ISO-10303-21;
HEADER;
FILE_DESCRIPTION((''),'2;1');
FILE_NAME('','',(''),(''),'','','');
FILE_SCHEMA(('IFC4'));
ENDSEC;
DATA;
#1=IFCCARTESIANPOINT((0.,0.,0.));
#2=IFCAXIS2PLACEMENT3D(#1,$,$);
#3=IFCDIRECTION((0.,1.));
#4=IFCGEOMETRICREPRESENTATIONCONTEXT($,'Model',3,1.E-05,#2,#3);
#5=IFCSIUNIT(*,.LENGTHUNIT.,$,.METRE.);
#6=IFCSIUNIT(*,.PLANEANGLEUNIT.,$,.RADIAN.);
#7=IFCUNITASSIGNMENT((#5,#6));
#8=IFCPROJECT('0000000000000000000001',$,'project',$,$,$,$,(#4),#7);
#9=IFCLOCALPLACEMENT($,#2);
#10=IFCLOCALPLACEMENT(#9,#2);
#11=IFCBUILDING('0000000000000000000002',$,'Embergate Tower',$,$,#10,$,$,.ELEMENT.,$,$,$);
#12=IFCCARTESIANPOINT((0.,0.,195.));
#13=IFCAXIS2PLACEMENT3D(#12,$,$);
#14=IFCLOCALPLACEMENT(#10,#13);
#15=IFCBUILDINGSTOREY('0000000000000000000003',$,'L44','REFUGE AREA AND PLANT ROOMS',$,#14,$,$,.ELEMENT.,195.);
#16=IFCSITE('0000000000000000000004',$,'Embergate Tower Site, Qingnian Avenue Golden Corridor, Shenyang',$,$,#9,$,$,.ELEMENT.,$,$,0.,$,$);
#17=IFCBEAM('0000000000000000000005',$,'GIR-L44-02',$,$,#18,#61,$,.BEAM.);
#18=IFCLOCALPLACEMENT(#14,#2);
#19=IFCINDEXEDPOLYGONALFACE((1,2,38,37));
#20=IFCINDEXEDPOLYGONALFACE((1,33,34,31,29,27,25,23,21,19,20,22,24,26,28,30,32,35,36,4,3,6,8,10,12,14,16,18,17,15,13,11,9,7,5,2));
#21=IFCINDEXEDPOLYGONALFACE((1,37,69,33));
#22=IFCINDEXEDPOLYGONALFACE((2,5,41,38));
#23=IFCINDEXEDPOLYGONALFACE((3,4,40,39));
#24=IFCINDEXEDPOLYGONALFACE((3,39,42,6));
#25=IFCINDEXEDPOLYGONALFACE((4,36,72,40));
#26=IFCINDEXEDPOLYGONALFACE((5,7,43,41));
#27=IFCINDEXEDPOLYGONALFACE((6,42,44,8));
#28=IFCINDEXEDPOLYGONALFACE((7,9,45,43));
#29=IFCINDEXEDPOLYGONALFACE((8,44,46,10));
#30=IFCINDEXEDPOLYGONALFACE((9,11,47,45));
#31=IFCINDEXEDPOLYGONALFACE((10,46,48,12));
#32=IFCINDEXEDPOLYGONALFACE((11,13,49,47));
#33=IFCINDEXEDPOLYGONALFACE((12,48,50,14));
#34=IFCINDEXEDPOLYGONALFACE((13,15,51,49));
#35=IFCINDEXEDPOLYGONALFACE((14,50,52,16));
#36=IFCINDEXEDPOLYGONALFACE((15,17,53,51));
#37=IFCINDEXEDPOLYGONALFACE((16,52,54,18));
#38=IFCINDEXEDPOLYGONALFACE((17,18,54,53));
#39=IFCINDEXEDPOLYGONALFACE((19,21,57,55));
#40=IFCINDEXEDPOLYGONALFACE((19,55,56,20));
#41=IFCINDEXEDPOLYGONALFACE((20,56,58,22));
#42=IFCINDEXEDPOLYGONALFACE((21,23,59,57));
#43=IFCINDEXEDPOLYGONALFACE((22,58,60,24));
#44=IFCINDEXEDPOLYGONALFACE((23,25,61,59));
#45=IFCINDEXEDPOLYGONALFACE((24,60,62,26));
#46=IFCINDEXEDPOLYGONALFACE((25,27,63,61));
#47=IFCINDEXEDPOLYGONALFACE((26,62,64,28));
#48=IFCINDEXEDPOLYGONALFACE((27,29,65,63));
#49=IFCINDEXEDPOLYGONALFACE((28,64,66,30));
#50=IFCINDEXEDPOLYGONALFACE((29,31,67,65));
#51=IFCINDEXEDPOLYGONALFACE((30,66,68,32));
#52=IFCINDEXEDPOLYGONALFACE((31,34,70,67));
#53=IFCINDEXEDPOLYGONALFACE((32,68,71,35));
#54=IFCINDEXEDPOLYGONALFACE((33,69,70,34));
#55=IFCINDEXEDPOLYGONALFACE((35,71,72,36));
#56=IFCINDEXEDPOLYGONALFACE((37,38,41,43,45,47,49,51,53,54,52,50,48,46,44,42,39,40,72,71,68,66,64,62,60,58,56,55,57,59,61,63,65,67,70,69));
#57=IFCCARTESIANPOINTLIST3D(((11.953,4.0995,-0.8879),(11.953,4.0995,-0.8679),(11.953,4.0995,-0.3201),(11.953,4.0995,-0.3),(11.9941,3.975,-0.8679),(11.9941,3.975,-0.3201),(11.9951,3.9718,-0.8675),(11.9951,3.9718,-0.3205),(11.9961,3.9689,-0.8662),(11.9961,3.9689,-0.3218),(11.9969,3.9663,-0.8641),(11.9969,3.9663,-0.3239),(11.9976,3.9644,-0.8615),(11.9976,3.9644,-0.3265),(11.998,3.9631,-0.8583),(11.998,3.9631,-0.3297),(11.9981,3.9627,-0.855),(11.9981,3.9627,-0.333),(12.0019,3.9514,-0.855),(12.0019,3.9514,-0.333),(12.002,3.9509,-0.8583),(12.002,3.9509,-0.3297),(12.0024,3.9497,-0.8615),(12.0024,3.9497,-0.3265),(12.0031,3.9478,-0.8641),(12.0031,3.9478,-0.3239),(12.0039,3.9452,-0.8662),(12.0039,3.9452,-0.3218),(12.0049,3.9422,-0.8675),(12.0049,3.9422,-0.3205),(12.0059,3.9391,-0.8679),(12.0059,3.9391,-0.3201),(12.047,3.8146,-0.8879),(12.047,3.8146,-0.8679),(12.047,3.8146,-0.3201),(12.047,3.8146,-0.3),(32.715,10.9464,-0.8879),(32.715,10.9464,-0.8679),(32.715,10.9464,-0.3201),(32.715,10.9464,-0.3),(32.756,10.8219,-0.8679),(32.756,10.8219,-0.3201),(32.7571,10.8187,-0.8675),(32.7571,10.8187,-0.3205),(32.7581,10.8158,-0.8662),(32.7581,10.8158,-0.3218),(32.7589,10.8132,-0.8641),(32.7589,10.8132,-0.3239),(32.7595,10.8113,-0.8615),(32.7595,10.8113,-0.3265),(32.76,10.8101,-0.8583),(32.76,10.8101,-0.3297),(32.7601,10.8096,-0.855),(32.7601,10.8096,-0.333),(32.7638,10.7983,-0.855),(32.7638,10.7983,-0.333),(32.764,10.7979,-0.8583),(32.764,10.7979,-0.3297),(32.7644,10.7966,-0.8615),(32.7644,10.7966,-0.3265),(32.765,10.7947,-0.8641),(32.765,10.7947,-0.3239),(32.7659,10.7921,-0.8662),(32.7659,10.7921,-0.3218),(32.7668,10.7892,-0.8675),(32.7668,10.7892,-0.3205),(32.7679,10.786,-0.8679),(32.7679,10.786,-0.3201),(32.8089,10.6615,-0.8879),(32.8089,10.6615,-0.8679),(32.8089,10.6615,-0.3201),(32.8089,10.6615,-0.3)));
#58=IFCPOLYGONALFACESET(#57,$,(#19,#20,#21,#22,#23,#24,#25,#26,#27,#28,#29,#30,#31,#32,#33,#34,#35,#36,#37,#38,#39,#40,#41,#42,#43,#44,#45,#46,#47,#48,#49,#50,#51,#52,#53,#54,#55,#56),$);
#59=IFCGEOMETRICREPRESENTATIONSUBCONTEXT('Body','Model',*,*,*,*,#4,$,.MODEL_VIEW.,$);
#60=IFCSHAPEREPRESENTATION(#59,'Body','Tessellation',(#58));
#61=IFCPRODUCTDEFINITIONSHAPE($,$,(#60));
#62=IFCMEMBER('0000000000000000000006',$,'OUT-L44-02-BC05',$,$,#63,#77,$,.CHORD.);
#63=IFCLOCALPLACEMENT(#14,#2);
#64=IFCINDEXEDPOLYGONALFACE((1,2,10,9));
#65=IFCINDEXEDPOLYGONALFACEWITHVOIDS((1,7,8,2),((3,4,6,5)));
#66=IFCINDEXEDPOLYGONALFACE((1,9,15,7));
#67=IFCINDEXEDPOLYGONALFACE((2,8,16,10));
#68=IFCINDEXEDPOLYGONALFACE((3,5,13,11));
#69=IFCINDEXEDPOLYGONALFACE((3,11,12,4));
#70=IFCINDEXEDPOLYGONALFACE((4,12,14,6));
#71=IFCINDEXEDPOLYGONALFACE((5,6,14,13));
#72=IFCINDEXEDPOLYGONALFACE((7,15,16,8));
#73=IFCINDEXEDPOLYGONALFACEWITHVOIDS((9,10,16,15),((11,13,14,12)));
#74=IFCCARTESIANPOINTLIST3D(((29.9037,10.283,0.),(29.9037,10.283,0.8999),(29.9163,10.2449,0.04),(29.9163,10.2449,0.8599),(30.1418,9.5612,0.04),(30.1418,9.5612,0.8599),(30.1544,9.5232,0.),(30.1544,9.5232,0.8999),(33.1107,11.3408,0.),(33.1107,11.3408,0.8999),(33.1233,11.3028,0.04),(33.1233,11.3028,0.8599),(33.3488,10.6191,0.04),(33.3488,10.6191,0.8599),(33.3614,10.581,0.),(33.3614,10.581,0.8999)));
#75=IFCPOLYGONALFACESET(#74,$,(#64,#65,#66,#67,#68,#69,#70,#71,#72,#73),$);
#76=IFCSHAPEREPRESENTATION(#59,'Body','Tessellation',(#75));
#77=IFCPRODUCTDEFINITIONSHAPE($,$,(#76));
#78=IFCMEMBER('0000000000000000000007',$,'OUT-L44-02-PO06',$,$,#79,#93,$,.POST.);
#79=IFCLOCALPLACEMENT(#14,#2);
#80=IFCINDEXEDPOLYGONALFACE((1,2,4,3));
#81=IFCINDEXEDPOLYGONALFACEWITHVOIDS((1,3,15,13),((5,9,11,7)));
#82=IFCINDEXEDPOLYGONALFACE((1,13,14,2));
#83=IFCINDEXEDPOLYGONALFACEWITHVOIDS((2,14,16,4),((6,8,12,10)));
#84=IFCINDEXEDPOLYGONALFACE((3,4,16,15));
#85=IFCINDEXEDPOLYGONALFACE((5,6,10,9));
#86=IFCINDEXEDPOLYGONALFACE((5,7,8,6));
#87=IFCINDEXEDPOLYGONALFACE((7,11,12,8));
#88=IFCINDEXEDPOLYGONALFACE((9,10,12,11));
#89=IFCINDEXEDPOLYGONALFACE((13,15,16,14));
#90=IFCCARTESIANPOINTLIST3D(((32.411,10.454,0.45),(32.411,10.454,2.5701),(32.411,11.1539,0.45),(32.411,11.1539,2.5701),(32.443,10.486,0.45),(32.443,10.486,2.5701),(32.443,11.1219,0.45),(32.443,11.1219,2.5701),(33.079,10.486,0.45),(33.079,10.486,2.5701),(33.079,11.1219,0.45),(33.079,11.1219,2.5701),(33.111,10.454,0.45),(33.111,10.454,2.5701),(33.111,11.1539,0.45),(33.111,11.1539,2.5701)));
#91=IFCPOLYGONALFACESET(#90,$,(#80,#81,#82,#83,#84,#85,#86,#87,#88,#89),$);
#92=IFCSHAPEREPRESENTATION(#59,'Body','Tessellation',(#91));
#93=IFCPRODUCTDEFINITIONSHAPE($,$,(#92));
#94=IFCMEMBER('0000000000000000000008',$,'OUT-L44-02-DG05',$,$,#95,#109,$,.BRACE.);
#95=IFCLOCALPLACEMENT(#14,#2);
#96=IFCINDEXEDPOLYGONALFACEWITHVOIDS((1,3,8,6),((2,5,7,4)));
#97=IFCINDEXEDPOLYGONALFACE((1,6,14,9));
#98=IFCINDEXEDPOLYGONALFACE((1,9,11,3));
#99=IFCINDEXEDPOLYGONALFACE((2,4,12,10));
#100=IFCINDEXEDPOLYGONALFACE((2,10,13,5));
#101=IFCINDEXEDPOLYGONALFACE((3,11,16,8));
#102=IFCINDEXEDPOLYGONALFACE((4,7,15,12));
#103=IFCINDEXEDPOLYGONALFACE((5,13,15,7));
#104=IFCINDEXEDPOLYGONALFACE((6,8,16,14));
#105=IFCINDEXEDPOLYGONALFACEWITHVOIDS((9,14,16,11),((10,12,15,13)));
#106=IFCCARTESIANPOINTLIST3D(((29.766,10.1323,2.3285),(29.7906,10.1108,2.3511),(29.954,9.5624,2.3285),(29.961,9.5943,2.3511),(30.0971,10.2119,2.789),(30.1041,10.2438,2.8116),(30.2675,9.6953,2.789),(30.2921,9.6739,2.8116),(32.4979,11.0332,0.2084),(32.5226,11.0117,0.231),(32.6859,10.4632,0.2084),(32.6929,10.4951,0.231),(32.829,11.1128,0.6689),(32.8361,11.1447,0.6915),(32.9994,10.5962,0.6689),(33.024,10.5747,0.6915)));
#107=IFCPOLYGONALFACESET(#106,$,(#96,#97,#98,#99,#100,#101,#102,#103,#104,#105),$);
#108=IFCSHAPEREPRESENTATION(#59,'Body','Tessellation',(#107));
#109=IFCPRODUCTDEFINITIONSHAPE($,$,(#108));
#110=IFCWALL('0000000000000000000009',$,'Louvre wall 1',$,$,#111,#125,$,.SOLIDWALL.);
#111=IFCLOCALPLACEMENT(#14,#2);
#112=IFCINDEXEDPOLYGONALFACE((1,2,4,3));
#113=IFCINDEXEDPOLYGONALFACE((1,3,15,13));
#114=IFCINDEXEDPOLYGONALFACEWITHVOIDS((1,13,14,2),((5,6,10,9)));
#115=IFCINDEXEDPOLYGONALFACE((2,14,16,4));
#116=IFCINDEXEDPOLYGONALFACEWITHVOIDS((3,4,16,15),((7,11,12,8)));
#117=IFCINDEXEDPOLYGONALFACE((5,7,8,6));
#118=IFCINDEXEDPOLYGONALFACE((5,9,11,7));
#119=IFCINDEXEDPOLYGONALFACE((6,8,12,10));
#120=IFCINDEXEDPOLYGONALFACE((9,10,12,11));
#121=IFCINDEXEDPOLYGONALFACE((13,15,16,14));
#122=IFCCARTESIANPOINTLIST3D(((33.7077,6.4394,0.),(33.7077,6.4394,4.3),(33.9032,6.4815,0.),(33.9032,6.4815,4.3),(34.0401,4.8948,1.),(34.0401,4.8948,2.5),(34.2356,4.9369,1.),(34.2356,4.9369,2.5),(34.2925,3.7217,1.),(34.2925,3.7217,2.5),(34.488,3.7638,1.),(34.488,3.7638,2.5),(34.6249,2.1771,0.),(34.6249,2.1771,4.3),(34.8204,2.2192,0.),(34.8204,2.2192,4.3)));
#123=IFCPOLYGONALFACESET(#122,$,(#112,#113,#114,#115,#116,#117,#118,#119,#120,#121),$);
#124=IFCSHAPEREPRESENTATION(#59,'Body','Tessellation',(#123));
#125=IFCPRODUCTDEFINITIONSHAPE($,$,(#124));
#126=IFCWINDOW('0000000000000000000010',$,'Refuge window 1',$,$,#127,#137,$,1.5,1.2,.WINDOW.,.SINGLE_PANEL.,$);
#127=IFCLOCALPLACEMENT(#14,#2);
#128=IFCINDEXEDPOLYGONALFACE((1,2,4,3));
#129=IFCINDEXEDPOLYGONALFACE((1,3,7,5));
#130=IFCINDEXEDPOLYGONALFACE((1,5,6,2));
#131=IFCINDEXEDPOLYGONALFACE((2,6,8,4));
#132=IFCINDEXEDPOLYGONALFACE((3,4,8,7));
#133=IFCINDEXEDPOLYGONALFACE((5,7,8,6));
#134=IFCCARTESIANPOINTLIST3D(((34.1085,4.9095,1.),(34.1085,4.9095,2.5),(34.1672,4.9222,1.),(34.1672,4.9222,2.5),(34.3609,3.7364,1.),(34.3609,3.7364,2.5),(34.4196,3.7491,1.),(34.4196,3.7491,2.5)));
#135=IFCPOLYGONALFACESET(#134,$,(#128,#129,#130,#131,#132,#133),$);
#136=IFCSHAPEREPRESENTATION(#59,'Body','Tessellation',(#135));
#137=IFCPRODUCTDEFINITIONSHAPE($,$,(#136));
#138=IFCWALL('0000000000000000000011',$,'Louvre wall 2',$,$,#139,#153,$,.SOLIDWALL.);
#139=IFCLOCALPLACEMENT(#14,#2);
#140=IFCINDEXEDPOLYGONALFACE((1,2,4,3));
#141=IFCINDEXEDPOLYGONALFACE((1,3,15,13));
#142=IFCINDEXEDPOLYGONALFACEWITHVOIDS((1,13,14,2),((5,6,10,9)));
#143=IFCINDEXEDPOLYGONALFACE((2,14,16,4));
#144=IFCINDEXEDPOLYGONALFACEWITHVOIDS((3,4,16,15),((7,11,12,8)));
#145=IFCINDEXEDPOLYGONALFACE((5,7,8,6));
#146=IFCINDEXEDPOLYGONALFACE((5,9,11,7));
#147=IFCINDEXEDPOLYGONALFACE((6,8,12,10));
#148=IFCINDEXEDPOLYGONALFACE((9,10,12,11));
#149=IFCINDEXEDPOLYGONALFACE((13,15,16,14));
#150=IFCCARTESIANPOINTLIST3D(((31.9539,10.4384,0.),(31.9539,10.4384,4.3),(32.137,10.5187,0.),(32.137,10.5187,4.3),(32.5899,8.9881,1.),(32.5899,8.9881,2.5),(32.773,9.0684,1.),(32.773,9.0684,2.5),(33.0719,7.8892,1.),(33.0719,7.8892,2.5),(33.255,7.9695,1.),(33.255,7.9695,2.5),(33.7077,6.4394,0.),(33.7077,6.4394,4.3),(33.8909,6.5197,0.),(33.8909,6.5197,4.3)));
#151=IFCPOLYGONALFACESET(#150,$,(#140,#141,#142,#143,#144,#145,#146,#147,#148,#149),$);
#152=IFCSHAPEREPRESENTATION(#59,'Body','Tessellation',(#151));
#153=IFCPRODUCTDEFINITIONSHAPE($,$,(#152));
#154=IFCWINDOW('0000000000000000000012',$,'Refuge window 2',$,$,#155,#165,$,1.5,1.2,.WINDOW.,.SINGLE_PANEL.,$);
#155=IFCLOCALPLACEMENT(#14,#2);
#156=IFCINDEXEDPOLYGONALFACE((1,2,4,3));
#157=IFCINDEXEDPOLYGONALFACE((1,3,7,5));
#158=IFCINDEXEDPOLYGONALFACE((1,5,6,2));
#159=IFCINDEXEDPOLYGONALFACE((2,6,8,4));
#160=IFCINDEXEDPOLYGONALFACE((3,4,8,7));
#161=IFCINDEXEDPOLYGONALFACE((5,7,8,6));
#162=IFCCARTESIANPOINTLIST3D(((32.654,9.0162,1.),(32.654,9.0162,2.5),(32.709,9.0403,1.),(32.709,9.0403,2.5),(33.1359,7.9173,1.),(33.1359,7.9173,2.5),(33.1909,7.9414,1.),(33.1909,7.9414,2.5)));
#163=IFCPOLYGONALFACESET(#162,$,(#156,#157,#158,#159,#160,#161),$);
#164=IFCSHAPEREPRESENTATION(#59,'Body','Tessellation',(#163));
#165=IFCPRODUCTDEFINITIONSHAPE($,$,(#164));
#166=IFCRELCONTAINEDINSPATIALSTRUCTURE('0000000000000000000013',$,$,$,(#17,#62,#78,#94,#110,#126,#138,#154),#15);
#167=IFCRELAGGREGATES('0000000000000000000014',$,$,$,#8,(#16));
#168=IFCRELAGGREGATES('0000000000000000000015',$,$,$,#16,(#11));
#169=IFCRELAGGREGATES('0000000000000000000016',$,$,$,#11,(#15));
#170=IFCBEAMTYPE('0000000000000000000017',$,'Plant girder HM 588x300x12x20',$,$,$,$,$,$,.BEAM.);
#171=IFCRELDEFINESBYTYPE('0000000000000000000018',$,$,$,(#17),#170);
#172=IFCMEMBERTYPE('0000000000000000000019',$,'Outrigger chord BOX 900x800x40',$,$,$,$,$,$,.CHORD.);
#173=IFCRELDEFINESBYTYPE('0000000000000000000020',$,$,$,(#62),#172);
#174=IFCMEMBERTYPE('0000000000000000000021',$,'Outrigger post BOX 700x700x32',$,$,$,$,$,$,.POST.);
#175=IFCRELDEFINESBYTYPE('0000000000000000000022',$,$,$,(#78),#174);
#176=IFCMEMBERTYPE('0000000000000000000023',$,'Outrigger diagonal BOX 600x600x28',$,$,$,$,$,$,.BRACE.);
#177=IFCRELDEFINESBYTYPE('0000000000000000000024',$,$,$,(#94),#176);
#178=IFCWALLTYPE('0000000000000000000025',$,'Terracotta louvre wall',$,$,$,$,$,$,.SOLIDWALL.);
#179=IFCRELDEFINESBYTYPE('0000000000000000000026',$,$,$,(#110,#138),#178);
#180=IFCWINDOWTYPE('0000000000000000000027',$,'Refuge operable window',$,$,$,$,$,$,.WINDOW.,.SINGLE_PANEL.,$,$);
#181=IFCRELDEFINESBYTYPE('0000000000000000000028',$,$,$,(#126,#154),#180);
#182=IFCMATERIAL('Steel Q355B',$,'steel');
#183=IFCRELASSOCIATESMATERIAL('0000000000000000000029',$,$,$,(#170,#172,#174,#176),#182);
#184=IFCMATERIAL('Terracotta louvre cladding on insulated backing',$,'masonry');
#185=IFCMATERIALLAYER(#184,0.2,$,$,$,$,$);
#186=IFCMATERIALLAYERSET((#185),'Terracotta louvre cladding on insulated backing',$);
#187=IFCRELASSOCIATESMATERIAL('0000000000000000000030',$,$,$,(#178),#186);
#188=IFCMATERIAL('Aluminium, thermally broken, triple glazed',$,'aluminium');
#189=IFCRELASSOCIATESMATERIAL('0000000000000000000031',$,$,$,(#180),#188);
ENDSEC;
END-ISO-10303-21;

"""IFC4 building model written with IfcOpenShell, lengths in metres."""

from ifc_helpers import new_model, si_unit, direction, frame, frame_2d, origin, origin_2d, place, context, subcontext, project, spatial, rectangle, hollow_rectangle, i_section, extrude, source, transform, mapped, material, layer, layer_set, material_profile, profile_set, type_object, element, fill, save


model = new_model("IFC4")

# Units and contexts
model_context = context("Model", 3, precision=1e-05, world=origin(), true_north=direction((0.0, 1.0)))
body_context = subcontext(model_context, "Body", "Model", "MODEL_VIEW")
ifc_project = project(units=[si_unit("LENGTHUNIT", "METRE"), si_unit("PLANEANGLEUNIT", "RADIAN")], contexts=[model_context])

# Site, building, storey
site_placement = place(None, origin())
site = spatial("IfcSite", under=ifc_project, at=site_placement, Name="Embergate Tower Site, Qingnian Avenue Golden Corridor, Shenyang", CompositionType="ELEMENT", RefElevation=0.0)
building_placement = place(site_placement, origin())
building = spatial("IfcBuilding", under=site, at=building_placement, Name="Embergate Tower", CompositionType="ELEMENT")
storey_placement = place(building_placement, frame((0.0, 0.0, 195.0)))
storey = spatial("IfcBuildingStorey", under=building, at=storey_placement, Name="L44", Description="REFUGE AREA AND PLANT ROOMS", CompositionType="ELEMENT", Elevation=195.0)

# Beam
ifc_material_1 = material(Name="Steel Q355B", Category="steel")
ifc_material_profile_1 = material_profile(ifc_material_1, i_section(OverallWidth=0.3, OverallDepth=0.5879, WebThickness=0.012, FlangeThickness=0.02, FilletRadius=0.0129, at=origin_2d()), Name="HM 588x300x12x20")
ifc_profile_set_1 = profile_set([ifc_material_profile_1], Name="Steel Q355 grade B")
beam_type_1 = type_object("IfcBeamType", Name="Plant girder HM 588x300x12x20", PredefinedType="BEAM", material=ifc_profile_set_1)
shared_shape_1 = source(origin(), body_context, "Body", "SweptSolid", [
    extrude(i_section(OverallWidth=0.3, OverallDepth=0.5879, WebThickness=0.012, FlangeThickness=0.02, FilletRadius=0.0129, at=origin_2d()), origin(), (0.0, 0.0, 1.0), 21.8618),
])
beam_1_placement = place(storey_placement, frame((32.762, 10.804, -0.594), z_axis=(-0.94969, -0.313191, 0.0), x_axis=(0.313191, -0.94969, 0.0)))
element("IfcBeam", 1, at=beam_1_placement, inside=storey, type_object=beam_type_1, Name="GIR-L44-02", PredefinedType="BEAM", context=body_context, shape_type="MappedRepresentation", body=[
    mapped(shared_shape_1, transform((0.0, 0.0, 0.0))),
])

# Members
ifc_material_profile_2 = material_profile(ifc_material_1, hollow_rectangle(XDim=0.8, YDim=0.8999, WallThickness=0.04, at=origin_2d()), Name="BOX 900x800x40")
ifc_profile_set_2 = profile_set([ifc_material_profile_2], Name="Steel Q355 grade B")
member_type_1 = type_object("IfcMemberType", Name="Outrigger chord BOX 900x800x40", PredefinedType="CHORD", material=ifc_profile_set_2)
shared_shape_2 = source(origin(), body_context, "Body", "SweptSolid", [
    extrude(hollow_rectangle(XDim=0.8, YDim=0.8999, WallThickness=0.04, at=origin_2d()), origin(), (0.0, 0.0, 1.0), 3.377),
])
member_1_placement = place(storey_placement, frame((30.0291, 9.9031, 0.45), z_axis=(0.949669, 0.313255, 0.0), x_axis=(-0.313255, 0.949669, 0.0)))
element("IfcMember", 2, at=member_1_placement, inside=storey, type_object=member_type_1, Name="OUT-L44-02-BC05", PredefinedType="CHORD", context=body_context, shape_type="MappedRepresentation", body=[
    mapped(shared_shape_2, transform((0.0, 0.0, 0.0))),
])
ifc_material_profile_3 = material_profile(ifc_material_1, hollow_rectangle(XDim=0.7, YDim=0.7, WallThickness=0.032, at=origin_2d()), Name="BOX 700x700x32")
ifc_profile_set_3 = profile_set([ifc_material_profile_3], Name="Steel Q355 grade B")
member_type_2 = type_object("IfcMemberType", Name="Outrigger post BOX 700x700x32", PredefinedType="POST", material=ifc_profile_set_3)
shared_shape_3 = source(origin(), body_context, "Body", "SweptSolid", [
    extrude(hollow_rectangle(XDim=0.7, YDim=0.7, WallThickness=0.032, at=origin_2d()), origin(), (0.0, 0.0, 1.0), 2.1201),
])
member_2_placement = place(storey_placement, frame((32.761, 10.804, 0.45), z_axis=(0.0, 0.0, 1.0), x_axis=(1.0, 0.0, 0.0)))
element("IfcMember", 3, at=member_2_placement, inside=storey, type_object=member_type_2, Name="OUT-L44-02-PO06", PredefinedType="POST", context=body_context, shape_type="MappedRepresentation", body=[
    mapped(shared_shape_3, transform((0.0, 0.0, 0.0))),
])
ifc_material_profile_4 = material_profile(ifc_material_1, hollow_rectangle(XDim=0.6001, YDim=0.6001, WallThickness=0.0281, at=origin_2d()), Name="BOX 600x600x28")
ifc_profile_set_4 = profile_set([ifc_material_profile_4], Name="Steel Q355 grade B")
member_type_3 = type_object("IfcMemberType", Name="Outrigger diagonal BOX 600x600x28", PredefinedType="BRACE", material=ifc_profile_set_4)
shared_shape_4 = source(origin(), body_context, "Body", "SweptSolid", [
    extrude(hollow_rectangle(XDim=0.6001, YDim=0.6001, WallThickness=0.0281, at=origin_2d()), origin(), (0.0, 0.0, 1.0), 3.5735),
])
member_3_placement = place(storey_placement, frame((30.0291, 9.9031, 2.5701), z_axis=(0.764497, 0.252099, -0.593288), x_axis=(-0.313171, 0.949697, 0.0)))
element("IfcMember", 4, at=member_3_placement, inside=storey, type_object=member_type_3, Name="OUT-L44-02-DG05", PredefinedType="BRACE", context=body_context, shape_type="MappedRepresentation", body=[
    mapped(shared_shape_4, transform((0.0, 0.0, 0.0))),
])

# Walls, openings, windows
ifc_material_2 = material(Name="Terracotta louvre cladding on insulated backing", Category="masonry")
ifc_layer_1 = layer(ifc_material_2, 0.2)
ifc_layer_set_1 = layer_set([ifc_layer_1], Name="Terracotta louvre cladding on insulated backing")
wall_type_1 = type_object("IfcWallType", Name="Terracotta louvre wall", PredefinedType="SOLIDWALL", material=ifc_layer_set_1)
shared_shape_5 = source(origin(), body_context, "Body", "SweptSolid", [
    extrude(rectangle(XDim=4.3599, YDim=0.2, at=frame_2d((2.1799, 0.0))), origin(), (0.0, 0.0, 1.0), 4.3),
])
wall_1_placement = place(storey_placement, frame((33.8054, 6.4604, 0.0), z_axis=(0.0, 0.0, 1.0), x_axis=(0.210386, -0.977618, 0.0)))
wall_1 = element("IfcWall", 5, at=wall_1_placement, inside=storey, type_object=wall_type_1, Name="Louvre wall 1", PredefinedType="SOLIDWALL", context=body_context, shape_type="MappedRepresentation", body=[
    mapped(shared_shape_5, transform((0.0, 0.0, 0.0))),
])
shared_shape_6 = source(origin(), body_context, "Body", "SweptSolid", [
    extrude(rectangle(XDim=1.2, YDim=1.5, at=frame_2d((0.6001, 0.75))), frame((0.0, 0.1099, 0.0), z_axis=(0.0, -1.0, 0.0), x_axis=(1.0, 0.0, 0.0)), (0.0, 0.0, 1.0), 0.22),
])
opening_1_placement = place(wall_1_placement, frame((1.5798, 0.0, 1.0)))
opening_1 = element("IfcOpeningElement", 6, at=opening_1_placement, cuts=wall_1, PredefinedType="OPENING", context=body_context, shape_type="MappedRepresentation", body=[
    mapped(shared_shape_6, transform((0.0, 0.0, 0.0))),
])
ifc_material_3 = material(Name="Aluminium, thermally broken, triple glazed", Category="aluminium")
window_type = type_object("IfcWindowType", Name="Refuge operable window", PartitioningType="SINGLE_PANEL", PredefinedType="WINDOW", material=ifc_material_3)
shared_shape_7 = source(origin(), body_context, "Body", "SweptSolid", [
    extrude(rectangle(XDim=1.2, YDim=1.5, at=frame_2d((0.6001, 0.75))), frame((0.0, 0.03, 0.0), z_axis=(0.0, -1.0, 0.0), x_axis=(1.0, 0.0, 0.0)), (0.0, 0.0, 1.0), 0.0601),
])
window_1_placement = place(opening_1_placement, origin())
window_1 = element("IfcWindow", 7, at=window_1_placement, inside=storey, type_object=window_type, Name="Refuge window 1", OverallHeight=1.5, OverallWidth=1.2, PartitioningType="SINGLE_PANEL", PredefinedType="WINDOW", context=body_context, shape_type="MappedRepresentation", body=[
    mapped(shared_shape_7, transform((0.0, 0.0, 0.0))),
])
fill(opening_1, window_1)
shared_shape_8 = source(origin(), body_context, "Body", "SweptSolid", [
    extrude(rectangle(XDim=4.3667, YDim=0.2, at=frame_2d((2.1833, 0.0))), origin(), (0.0, 0.0, 1.0), 4.3),
])
wall_2_placement = place(storey_placement, frame((32.0454, 10.4785, 0.0), z_axis=(0.0, 0.0, 1.0), x_axis=(0.401652, -0.915793, 0.0)))
wall_2 = element("IfcWall", 8, at=wall_2_placement, inside=storey, type_object=wall_type_1, Name="Louvre wall 2", PredefinedType="SOLIDWALL", context=body_context, shape_type="MappedRepresentation", body=[
    mapped(shared_shape_8, transform((0.0, 0.0, 0.0))),
])
opening_2_placement = place(wall_2_placement, frame((1.5835, 0.0, 1.0)))
opening_2 = element("IfcOpeningElement", 9, at=opening_2_placement, cuts=wall_2, PredefinedType="OPENING", context=body_context, shape_type="MappedRepresentation", body=[
    mapped(shared_shape_6, transform((0.0, 0.0, 0.0))),
])
window_2_placement = place(opening_2_placement, origin())
window_2 = element("IfcWindow", 10, at=window_2_placement, inside=storey, type_object=window_type, Name="Refuge window 2", OverallHeight=1.5, OverallWidth=1.2, PartitioningType="SINGLE_PANEL", PredefinedType="WINDOW", context=body_context, shape_type="MappedRepresentation", body=[
    mapped(shared_shape_7, transform((0.0, 0.0, 0.0))),
])
fill(opening_2, window_2)

save(model, "model.ifc")
